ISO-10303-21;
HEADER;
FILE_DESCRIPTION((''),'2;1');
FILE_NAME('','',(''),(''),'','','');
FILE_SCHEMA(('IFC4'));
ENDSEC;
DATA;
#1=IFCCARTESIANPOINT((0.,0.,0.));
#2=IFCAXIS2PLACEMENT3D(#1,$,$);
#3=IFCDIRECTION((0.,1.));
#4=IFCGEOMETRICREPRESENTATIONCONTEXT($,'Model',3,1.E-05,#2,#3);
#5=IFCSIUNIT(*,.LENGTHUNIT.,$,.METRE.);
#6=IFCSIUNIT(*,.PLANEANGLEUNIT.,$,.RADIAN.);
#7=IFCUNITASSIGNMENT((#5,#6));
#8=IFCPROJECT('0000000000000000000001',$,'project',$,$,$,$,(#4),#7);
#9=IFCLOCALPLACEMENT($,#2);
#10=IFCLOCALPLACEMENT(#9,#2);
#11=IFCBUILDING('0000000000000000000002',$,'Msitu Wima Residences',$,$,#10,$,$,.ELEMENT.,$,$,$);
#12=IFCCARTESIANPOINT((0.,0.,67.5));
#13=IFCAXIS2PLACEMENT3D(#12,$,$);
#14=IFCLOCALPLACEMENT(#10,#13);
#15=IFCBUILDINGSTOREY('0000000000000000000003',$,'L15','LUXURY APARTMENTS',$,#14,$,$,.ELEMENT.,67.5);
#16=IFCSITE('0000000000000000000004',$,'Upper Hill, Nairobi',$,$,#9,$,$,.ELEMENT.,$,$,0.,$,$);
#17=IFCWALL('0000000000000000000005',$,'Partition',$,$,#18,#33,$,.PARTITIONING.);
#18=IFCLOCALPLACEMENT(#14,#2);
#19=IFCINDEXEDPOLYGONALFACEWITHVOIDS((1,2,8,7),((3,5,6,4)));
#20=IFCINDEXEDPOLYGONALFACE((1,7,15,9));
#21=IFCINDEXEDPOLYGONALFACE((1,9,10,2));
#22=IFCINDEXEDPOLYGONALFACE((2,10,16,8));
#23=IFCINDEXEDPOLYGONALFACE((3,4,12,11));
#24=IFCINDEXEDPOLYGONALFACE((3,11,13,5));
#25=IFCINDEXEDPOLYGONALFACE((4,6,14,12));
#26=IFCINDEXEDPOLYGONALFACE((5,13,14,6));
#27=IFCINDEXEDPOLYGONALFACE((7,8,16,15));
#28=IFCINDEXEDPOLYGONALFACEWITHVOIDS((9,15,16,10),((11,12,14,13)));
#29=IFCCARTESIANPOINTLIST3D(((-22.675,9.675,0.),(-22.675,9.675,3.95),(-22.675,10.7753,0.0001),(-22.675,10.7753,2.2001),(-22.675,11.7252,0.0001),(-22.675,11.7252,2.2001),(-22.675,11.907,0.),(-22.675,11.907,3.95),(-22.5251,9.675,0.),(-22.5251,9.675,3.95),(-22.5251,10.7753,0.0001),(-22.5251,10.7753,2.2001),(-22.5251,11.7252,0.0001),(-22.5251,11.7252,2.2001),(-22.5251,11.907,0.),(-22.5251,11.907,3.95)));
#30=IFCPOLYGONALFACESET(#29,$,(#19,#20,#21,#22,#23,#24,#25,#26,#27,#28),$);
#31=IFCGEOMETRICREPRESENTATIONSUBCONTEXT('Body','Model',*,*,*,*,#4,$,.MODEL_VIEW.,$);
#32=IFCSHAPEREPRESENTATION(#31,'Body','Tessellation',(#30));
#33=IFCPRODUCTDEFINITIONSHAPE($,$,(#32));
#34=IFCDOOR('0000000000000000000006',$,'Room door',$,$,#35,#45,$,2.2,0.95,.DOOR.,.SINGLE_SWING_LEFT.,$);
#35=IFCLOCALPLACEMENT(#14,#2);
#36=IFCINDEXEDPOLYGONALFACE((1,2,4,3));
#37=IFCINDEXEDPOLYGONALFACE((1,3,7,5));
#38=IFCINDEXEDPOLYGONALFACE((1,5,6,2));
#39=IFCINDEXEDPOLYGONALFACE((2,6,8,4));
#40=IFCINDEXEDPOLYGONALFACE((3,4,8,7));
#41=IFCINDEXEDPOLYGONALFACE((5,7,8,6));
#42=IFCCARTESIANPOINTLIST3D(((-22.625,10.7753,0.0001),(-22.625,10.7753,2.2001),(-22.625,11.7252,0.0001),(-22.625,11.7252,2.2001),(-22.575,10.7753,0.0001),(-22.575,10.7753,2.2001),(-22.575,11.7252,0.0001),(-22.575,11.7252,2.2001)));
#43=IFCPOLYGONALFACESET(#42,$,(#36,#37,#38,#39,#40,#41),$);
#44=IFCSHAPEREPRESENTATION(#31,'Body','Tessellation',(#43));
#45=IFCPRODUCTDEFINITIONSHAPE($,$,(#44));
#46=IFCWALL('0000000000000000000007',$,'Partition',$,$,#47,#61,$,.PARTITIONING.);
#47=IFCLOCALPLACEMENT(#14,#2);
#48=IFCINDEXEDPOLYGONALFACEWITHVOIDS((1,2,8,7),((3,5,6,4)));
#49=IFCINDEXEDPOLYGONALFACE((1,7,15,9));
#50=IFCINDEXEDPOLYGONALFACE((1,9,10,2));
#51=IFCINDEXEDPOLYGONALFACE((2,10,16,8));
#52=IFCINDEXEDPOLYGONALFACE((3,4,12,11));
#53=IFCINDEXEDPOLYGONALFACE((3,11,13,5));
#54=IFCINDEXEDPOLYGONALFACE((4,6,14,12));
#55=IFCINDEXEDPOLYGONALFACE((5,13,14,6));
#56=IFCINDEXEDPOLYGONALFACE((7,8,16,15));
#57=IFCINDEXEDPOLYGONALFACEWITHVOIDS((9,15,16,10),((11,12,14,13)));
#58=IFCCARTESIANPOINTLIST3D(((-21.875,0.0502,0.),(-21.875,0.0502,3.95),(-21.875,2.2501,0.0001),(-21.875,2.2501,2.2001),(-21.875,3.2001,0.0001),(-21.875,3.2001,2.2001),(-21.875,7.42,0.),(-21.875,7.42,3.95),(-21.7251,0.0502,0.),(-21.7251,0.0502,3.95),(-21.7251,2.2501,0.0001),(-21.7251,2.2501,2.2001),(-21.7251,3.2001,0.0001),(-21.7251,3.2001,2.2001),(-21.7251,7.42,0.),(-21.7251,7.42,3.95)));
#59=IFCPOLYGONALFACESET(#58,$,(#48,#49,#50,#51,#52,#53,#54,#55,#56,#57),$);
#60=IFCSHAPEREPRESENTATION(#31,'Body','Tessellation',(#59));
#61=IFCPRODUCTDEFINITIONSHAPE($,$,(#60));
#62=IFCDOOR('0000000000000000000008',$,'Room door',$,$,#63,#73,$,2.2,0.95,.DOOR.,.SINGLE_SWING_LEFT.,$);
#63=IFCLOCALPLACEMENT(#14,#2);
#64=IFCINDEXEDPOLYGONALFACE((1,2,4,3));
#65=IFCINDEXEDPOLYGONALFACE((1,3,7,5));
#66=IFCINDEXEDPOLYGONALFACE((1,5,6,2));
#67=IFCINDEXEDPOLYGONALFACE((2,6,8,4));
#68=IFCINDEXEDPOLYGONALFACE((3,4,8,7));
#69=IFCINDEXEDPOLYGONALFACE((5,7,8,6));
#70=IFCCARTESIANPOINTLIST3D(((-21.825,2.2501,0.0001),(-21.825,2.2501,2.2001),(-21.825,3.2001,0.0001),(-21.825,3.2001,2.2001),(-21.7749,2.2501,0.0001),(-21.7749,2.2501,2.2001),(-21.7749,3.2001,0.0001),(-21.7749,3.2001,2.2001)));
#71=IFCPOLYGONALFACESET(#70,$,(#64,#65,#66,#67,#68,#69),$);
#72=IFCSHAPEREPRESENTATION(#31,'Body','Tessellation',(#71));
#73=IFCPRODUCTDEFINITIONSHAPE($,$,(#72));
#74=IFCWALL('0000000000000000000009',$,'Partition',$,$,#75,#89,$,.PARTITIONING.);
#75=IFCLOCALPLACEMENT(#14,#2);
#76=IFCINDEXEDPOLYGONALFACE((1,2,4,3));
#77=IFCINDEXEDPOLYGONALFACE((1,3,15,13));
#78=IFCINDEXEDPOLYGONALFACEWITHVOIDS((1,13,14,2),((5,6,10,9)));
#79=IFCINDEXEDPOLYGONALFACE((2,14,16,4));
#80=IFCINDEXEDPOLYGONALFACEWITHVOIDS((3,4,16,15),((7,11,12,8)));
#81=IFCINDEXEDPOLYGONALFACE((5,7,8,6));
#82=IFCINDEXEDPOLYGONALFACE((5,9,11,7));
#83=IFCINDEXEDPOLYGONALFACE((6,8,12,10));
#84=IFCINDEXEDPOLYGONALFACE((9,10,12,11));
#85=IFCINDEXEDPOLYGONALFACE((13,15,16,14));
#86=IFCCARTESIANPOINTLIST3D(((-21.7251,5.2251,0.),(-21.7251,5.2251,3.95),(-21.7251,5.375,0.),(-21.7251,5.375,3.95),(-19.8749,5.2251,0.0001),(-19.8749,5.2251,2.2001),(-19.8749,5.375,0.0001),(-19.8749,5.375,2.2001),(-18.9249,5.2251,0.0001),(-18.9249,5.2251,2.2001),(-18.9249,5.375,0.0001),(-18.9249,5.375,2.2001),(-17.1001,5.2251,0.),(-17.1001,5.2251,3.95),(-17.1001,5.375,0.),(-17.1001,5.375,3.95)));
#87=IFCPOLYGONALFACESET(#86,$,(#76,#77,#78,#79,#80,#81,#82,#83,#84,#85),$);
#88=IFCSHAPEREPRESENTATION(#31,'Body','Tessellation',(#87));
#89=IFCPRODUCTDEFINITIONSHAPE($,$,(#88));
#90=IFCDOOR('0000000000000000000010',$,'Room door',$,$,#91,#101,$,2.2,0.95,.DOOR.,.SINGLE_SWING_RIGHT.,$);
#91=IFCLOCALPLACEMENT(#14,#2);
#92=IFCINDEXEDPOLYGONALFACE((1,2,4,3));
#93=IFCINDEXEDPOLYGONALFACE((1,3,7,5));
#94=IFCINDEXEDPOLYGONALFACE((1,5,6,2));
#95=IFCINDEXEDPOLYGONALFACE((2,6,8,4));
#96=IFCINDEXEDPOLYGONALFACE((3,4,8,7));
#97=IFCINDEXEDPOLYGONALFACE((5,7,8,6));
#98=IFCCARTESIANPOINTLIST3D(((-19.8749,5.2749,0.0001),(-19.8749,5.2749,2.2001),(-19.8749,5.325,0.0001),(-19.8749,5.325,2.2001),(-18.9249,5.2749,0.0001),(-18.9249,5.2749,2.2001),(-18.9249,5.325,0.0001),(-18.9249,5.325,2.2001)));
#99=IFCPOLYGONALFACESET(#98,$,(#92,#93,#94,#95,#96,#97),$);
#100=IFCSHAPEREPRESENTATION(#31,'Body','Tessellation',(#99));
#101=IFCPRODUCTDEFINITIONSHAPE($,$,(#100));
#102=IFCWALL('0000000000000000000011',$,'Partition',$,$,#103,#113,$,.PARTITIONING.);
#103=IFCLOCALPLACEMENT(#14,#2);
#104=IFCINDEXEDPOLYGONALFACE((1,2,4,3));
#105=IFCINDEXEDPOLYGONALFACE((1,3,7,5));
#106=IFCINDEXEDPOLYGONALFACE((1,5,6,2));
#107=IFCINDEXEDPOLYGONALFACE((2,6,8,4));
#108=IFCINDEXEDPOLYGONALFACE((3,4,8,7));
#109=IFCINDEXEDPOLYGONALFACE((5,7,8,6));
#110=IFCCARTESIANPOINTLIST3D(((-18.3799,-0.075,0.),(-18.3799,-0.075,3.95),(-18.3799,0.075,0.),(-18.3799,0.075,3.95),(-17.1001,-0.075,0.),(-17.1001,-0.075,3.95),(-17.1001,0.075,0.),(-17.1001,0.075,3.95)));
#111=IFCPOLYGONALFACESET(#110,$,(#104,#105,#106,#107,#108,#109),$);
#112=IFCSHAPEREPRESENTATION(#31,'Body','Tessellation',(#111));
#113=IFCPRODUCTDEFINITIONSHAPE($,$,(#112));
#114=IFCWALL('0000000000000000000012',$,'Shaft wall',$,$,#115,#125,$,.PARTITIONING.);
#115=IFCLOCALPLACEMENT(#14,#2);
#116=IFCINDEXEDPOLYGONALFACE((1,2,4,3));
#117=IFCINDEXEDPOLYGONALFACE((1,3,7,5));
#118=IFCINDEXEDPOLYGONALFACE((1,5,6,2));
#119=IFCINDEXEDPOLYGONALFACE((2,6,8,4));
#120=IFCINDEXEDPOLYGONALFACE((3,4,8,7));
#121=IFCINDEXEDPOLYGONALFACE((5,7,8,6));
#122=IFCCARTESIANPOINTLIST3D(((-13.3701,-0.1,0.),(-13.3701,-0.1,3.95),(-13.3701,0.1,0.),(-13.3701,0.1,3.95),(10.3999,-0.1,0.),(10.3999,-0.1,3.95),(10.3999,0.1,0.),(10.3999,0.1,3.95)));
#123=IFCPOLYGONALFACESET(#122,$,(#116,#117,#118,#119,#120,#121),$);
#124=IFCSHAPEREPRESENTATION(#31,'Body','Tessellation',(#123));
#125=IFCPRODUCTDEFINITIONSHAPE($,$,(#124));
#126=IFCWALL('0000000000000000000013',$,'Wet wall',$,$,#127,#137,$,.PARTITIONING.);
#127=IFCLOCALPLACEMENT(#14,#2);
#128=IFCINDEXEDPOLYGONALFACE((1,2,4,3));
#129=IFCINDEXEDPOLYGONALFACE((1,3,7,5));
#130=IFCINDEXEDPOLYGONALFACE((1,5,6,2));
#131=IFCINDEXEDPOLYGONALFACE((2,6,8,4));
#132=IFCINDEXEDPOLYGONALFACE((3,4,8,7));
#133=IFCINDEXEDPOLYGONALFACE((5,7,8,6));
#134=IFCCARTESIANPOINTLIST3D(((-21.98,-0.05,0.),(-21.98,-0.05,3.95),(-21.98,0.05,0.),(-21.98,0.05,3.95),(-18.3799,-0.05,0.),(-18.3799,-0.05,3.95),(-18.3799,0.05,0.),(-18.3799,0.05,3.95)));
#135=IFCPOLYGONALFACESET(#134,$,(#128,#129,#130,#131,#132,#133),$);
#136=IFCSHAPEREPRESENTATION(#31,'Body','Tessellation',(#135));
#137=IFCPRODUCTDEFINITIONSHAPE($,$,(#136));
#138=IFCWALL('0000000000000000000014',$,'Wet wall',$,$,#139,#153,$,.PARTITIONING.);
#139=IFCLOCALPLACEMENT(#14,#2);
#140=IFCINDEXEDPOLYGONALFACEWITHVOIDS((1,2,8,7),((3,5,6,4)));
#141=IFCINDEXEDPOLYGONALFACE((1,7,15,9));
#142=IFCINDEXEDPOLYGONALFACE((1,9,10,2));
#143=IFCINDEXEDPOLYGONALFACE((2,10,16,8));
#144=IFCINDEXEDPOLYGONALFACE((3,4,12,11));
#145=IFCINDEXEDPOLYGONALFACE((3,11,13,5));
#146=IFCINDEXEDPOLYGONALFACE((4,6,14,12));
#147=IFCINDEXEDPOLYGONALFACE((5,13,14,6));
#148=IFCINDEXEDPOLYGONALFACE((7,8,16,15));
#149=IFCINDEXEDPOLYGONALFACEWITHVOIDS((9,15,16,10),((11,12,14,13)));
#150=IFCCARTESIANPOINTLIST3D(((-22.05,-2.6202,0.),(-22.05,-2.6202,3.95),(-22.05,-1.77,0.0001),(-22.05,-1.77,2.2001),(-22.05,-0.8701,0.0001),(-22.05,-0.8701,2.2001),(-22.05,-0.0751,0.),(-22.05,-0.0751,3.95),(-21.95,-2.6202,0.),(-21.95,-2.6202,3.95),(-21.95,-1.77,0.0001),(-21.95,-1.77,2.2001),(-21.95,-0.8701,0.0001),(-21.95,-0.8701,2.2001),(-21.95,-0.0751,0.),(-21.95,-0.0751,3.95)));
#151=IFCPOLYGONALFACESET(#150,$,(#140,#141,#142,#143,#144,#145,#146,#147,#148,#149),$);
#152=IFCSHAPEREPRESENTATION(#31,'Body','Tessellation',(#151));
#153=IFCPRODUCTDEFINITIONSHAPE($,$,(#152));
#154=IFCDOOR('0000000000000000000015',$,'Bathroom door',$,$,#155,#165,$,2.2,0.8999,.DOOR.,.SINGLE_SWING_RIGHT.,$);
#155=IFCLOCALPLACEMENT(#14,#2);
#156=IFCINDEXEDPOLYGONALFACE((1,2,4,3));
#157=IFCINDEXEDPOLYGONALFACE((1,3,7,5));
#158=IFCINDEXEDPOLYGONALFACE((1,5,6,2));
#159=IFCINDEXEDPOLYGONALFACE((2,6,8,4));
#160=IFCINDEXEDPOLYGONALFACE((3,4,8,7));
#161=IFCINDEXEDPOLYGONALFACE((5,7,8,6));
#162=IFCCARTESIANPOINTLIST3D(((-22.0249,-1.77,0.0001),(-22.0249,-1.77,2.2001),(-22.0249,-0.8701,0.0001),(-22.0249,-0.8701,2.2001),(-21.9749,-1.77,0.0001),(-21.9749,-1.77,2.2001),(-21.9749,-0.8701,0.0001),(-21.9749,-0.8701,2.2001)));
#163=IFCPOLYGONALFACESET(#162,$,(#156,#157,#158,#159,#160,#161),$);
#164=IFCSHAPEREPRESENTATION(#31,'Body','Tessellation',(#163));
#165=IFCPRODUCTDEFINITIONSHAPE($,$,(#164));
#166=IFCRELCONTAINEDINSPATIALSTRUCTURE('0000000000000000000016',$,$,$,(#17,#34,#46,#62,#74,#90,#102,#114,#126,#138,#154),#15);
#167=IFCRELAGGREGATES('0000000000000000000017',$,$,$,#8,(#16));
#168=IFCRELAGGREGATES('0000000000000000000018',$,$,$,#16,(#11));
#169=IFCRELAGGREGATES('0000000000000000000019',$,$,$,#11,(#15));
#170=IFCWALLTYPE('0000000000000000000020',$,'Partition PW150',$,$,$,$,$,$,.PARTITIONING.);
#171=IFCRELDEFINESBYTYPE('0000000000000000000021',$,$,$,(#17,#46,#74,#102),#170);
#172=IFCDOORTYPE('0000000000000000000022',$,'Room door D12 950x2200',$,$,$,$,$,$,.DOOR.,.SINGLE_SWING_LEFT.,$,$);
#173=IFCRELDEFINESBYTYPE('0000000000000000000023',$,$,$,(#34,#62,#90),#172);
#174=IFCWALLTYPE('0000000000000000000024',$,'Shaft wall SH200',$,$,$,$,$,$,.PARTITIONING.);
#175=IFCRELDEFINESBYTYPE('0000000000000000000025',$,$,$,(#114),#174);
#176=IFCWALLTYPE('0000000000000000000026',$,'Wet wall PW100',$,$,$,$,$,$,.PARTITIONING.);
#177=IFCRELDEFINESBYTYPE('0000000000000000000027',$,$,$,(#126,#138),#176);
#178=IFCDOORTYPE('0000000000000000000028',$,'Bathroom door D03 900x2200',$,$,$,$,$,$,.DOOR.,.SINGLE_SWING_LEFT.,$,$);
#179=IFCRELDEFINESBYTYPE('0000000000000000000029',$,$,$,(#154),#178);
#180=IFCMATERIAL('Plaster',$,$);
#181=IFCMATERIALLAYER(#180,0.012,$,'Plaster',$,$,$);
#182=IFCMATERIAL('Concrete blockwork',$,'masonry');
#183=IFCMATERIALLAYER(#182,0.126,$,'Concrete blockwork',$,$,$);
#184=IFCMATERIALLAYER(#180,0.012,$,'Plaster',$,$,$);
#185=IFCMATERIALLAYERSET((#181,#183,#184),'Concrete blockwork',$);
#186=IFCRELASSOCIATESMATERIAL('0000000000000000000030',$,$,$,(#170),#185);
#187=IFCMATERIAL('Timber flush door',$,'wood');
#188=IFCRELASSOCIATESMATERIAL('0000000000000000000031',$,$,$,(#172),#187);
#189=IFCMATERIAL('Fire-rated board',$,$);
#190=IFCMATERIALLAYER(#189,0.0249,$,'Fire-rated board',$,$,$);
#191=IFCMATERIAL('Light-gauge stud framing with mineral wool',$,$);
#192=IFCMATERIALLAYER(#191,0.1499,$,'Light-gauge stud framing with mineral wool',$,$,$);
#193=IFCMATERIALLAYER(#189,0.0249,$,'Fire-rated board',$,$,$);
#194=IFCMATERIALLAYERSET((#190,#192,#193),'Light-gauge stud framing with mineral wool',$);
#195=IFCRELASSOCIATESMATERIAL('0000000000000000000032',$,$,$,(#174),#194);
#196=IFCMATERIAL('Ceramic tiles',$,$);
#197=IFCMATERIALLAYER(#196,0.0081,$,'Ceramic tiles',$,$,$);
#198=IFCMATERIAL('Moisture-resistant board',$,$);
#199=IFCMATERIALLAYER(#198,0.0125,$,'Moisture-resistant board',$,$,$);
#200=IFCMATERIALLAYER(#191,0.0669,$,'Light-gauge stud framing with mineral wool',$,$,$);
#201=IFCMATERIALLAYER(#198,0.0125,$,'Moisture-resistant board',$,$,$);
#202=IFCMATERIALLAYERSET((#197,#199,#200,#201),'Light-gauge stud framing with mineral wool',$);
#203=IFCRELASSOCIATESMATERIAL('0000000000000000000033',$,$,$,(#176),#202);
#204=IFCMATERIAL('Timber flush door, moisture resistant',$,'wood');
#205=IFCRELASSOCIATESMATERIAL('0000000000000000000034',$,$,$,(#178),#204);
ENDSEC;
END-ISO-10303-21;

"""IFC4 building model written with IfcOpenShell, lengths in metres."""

from ifc_helpers import new_model, si_unit, direction, frame, frame_2d, origin, place, context, subcontext, project, spatial, rectangle, extrude, material, layer, layer_set, type_object, element, fill, save


model = new_model("IFC4")

# Units and contexts
model_context = context("Model", 3, precision=1e-05, world=origin(), true_north=direction((0.0, 1.0)))
body_context = subcontext(model_context, "Body", "Model", "MODEL_VIEW")
ifc_project = project(units=[si_unit("LENGTHUNIT", "METRE"), si_unit("PLANEANGLEUNIT", "RADIAN")], contexts=[model_context])

# Site, building, storey
site_placement = place(None, origin())
site = spatial("IfcSite", under=ifc_project, at=site_placement, Name="Upper Hill, Nairobi", CompositionType="ELEMENT", RefElevation=0.0)
building_placement = place(site_placement, origin())
building = spatial("IfcBuilding", under=site, at=building_placement, Name="Msitu Wima Residences", CompositionType="ELEMENT")
storey_placement = place(building_placement, frame((0.0, 0.0, 67.5)))
storey = spatial("IfcBuildingStorey", under=building, at=storey_placement, Name="L15", Description="LUXURY APARTMENTS", CompositionType="ELEMENT", Elevation=67.5)

# Shared definitions
ifc_material_1 = material(Name="Plaster")
ifc_layer_1 = layer(ifc_material_1, 0.012, Name="Plaster")
ifc_material_2 = material(Name="Concrete blockwork", Category="masonry")
ifc_layer_2 = layer(ifc_material_2, 0.126, Name="Concrete blockwork")
ifc_layer_3 = layer(ifc_material_1, 0.012, Name="Plaster")
ifc_layer_set_1 = layer_set([ifc_layer_1, ifc_layer_2, ifc_layer_3], Name="Concrete blockwork")
wall_type_1 = type_object("IfcWallType", Name="Partition PW150", PredefinedType="PARTITIONING", material=ifc_layer_set_1)
ifc_material_3 = material(Name="Timber flush door", Category="wood")
door_type_1 = type_object("IfcDoorType", Name="Room door D12 950x2200", OperationType="SINGLE_SWING_LEFT", PredefinedType="DOOR", material=ifc_material_3)

# Walls, openings, doors
wall_1_placement = place(storey_placement, frame((-22.6001, 9.675, 0.0), z_axis=(0.0, 0.0, 1.0), x_axis=(0.0, 1.0, 0.0)))
wall_1 = element("IfcWall", 1, at=wall_1_placement, inside=storey, type_object=wall_type_1, Name="Partition", PredefinedType="PARTITIONING", context=body_context, shape_type="SweptSolid", body=[
    extrude(rectangle(XDim=2.2319, YDim=0.1499, at=frame_2d((1.116, 0.0))), origin(), (0.0, 0.0, 1.0), 3.95),
])
opening_1_placement = place(wall_1_placement, frame((1.1001, 0.0, 0.0)))
opening_1 = element("IfcOpeningElement", 2, at=opening_1_placement, cuts=wall_1, PredefinedType="OPENING", context=body_context, shape_type="SweptSolid", body=[
    extrude(rectangle(XDim=0.95, YDim=2.2, at=frame_2d((0.4751, 1.1001))), frame((0.0, 0.085, 0.0), z_axis=(0.0, -1.0, 0.0), x_axis=(1.0, 0.0, 0.0)), (0.0, 0.0, 1.0), 0.1699),
])
door_1_placement = place(opening_1_placement, origin())
door_1 = element("IfcDoor", 3, at=door_1_placement, inside=storey, type_object=door_type_1, Name="Room door", OperationType="SINGLE_SWING_LEFT", OverallHeight=2.2, OverallWidth=0.95, PredefinedType="DOOR", context=body_context, shape_type="SweptSolid", body=[
    extrude(rectangle(XDim=0.95, YDim=2.2, at=frame_2d((0.4751, 1.1001))), frame((0.0, 0.0249, 0.0), z_axis=(0.0, -1.0, 0.0), x_axis=(1.0, 0.0, 0.0)), (0.0, 0.0, 1.0), 0.05),
])
fill(opening_1, door_1)
wall_2_placement = place(storey_placement, frame((-21.8, 0.05, 0.0), z_axis=(0.0, 0.0, 1.0), x_axis=(0.0, 1.0, 0.0)))
wall_2 = element("IfcWall", 4, at=wall_2_placement, inside=storey, type_object=wall_type_1, Name="Partition", PredefinedType="PARTITIONING", context=body_context, shape_type="SweptSolid", body=[
    extrude(rectangle(XDim=7.3699, YDim=0.1499, at=frame_2d((3.6851, 0.0))), origin(), (0.0, 0.0, 1.0), 3.95),
])
opening_2_placement = place(wall_2_placement, frame((2.2, 0.0, 0.0)))
opening_2 = element("IfcOpeningElement", 5, at=opening_2_placement, cuts=wall_2, PredefinedType="OPENING", context=body_context, shape_type="SweptSolid", body=[
    extrude(rectangle(XDim=0.95, YDim=2.2, at=frame_2d((0.4751, 1.1001))), frame((0.0, 0.085, 0.0), z_axis=(0.0, -1.0, 0.0), x_axis=(1.0, 0.0, 0.0)), (0.0, 0.0, 1.0), 0.1699),
])
door_2_placement = place(opening_2_placement, origin())
door_2 = element("IfcDoor", 6, at=door_2_placement, inside=storey, type_object=door_type_1, Name="Room door", OperationType="SINGLE_SWING_LEFT", OverallHeight=2.2, OverallWidth=0.95, PredefinedType="DOOR", context=body_context, shape_type="SweptSolid", body=[
    extrude(rectangle(XDim=0.95, YDim=2.2, at=frame_2d((0.4751, 1.1001))), frame((0.0, 0.0249, 0.0), z_axis=(0.0, -1.0, 0.0), x_axis=(1.0, 0.0, 0.0)), (0.0, 0.0, 1.0), 0.05),
])
fill(opening_2, door_2)
wall_3_placement = place(storey_placement, frame((-21.7251, 5.3, 0.0), z_axis=(0.0, 0.0, 1.0), x_axis=(1.0, 0.0, 0.0)))
wall_3 = element("IfcWall", 7, at=wall_3_placement, inside=storey, type_object=wall_type_1, Name="Partition", PredefinedType="PARTITIONING", context=body_context, shape_type="SweptSolid", body=[
    extrude(rectangle(XDim=4.625, YDim=0.1499, at=frame_2d((2.3125, 0.0))), origin(), (0.0, 0.0, 1.0), 3.95),
])
opening_3_placement = place(wall_3_placement, frame((1.8501, 0.0, 0.0)))
opening_3 = element("IfcOpeningElement", 8, at=opening_3_placement, cuts=wall_3, PredefinedType="OPENING", context=body_context, shape_type="SweptSolid", body=[
    extrude(rectangle(XDim=0.95, YDim=2.2, at=frame_2d((0.4751, 1.1001))), frame((0.0, 0.085, 0.0), z_axis=(0.0, -1.0, 0.0), x_axis=(1.0, 0.0, 0.0)), (0.0, 0.0, 1.0), 0.1699),
])
door_3_placement = place(opening_3_placement, origin())
door_3 = element("IfcDoor", 9, at=door_3_placement, inside=storey, type_object=door_type_1, Name="Room door", OperationType="SINGLE_SWING_RIGHT", OverallHeight=2.2, OverallWidth=0.95, PredefinedType="DOOR", context=body_context, shape_type="SweptSolid", body=[
    extrude(rectangle(XDim=0.95, YDim=2.2, at=frame_2d((0.4751, 1.1001))), frame((0.0, 0.0249, 0.0), z_axis=(0.0, -1.0, 0.0), x_axis=(1.0, 0.0, 0.0)), (0.0, 0.0, 1.0), 0.05),
])
fill(opening_3, door_3)

# Walls
wall_4_placement = place(storey_placement, frame((-18.3799, 0.0, 0.0), z_axis=(0.0, 0.0, 1.0), x_axis=(1.0, 0.0, 0.0)))
element("IfcWall", 10, at=wall_4_placement, inside=storey, type_object=wall_type_1, Name="Partition", PredefinedType="PARTITIONING", context=body_context, shape_type="SweptSolid", body=[
    extrude(rectangle(XDim=1.2798, YDim=0.1499, at=frame_2d((0.6399, 0.0))), origin(), (0.0, 0.0, 1.0), 3.95),
])
ifc_material_4 = material(Name="Fire-rated board")
ifc_layer_4 = layer(ifc_material_4, 0.0249, Name="Fire-rated board")
ifc_material_5 = material(Name="Light-gauge stud framing with mineral wool")
ifc_layer_5 = layer(ifc_material_5, 0.1499, Name="Light-gauge stud framing with mineral wool")
ifc_layer_6 = layer(ifc_material_4, 0.0249, Name="Fire-rated board")
ifc_layer_set_2 = layer_set([ifc_layer_4, ifc_layer_5, ifc_layer_6], Name="Light-gauge stud framing with mineral wool")
wall_type_2 = type_object("IfcWallType", Name="Shaft wall SH200", PredefinedType="PARTITIONING", material=ifc_layer_set_2)
wall_5_placement = place(storey_placement, frame((-13.3701, 0.0, 0.0), z_axis=(0.0, 0.0, 1.0), x_axis=(1.0, 0.0, 0.0)))
element("IfcWall", 11, at=wall_5_placement, inside=storey, type_object=wall_type_2, Name="Shaft wall", PredefinedType="PARTITIONING", context=body_context, shape_type="SweptSolid", body=[
    extrude(rectangle(XDim=23.77, YDim=0.2, at=frame_2d((11.885, 0.0))), origin(), (0.0, 0.0, 1.0), 3.95),
])
ifc_material_6 = material(Name="Ceramic tiles")
ifc_layer_7 = layer(ifc_material_6, 0.0081, Name="Ceramic tiles")
ifc_material_7 = material(Name="Moisture-resistant board")
ifc_layer_8 = layer(ifc_material_7, 0.0125, Name="Moisture-resistant board")
ifc_layer_9 = layer(ifc_material_5, 0.0669, Name="Light-gauge stud framing with mineral wool")
ifc_layer_10 = layer(ifc_material_7, 0.0125, Name="Moisture-resistant board")
ifc_layer_set_3 = layer_set([ifc_layer_7, ifc_layer_8, ifc_layer_9, ifc_layer_10], Name="Light-gauge stud framing with mineral wool")
wall_type_3 = type_object("IfcWallType", Name="Wet wall PW100", PredefinedType="PARTITIONING", material=ifc_layer_set_3)
wall_6_placement = place(storey_placement, frame((-21.98, 0.0, 0.0), z_axis=(0.0, 0.0, 1.0), x_axis=(1.0, 0.0, 0.0)))
element("IfcWall", 12, at=wall_6_placement, inside=storey, type_object=wall_type_3, Name="Wet wall", PredefinedType="PARTITIONING", context=body_context, shape_type="SweptSolid", body=[
    extrude(rectangle(XDim=3.6001, YDim=0.1001, at=frame_2d((1.8, 0.0))), origin(), (0.0, 0.0, 1.0), 3.95),
])

# Wall, opening, door
wall_7_placement = place(storey_placement, frame((-22.0, -2.6201, 0.0), z_axis=(0.0, 0.0, 1.0), x_axis=(0.0, 1.0, 0.0)))
wall_7 = element("IfcWall", 13, at=wall_7_placement, inside=storey, type_object=wall_type_3, Name="Wet wall", PredefinedType="PARTITIONING", context=body_context, shape_type="SweptSolid", body=[
    extrude(rectangle(XDim=2.5452, YDim=0.1001, at=frame_2d((1.2725, 0.0))), origin(), (0.0, 0.0, 1.0), 3.95),
])
opening_4_placement = place(wall_7_placement, frame((0.8501, 0.0, 0.0)))
opening_4 = element("IfcOpeningElement", 14, at=opening_4_placement, cuts=wall_7, PredefinedType="OPENING", context=body_context, shape_type="SweptSolid", body=[
    extrude(rectangle(XDim=0.8999, YDim=2.2, at=frame_2d((0.45, 1.1001))), frame((0.0, 0.0601, 0.0), z_axis=(0.0, -1.0, 0.0), x_axis=(1.0, 0.0, 0.0)), (0.0, 0.0, 1.0), 0.1201),
])
ifc_material_8 = material(Name="Timber flush door, moisture resistant", Category="wood")
door_type_2 = type_object("IfcDoorType", Name="Bathroom door D03 900x2200", OperationType="SINGLE_SWING_LEFT", PredefinedType="DOOR", material=ifc_material_8)
door_4_placement = place(opening_4_placement, origin())
door_4 = element("IfcDoor", 15, at=door_4_placement, inside=storey, type_object=door_type_2, Name="Bathroom door", OperationType="SINGLE_SWING_RIGHT", OverallHeight=2.2, OverallWidth=0.8999, PredefinedType="DOOR", context=body_context, shape_type="SweptSolid", body=[
    extrude(rectangle(XDim=0.8999, YDim=2.2, at=frame_2d((0.45, 1.1001))), frame((0.0, 0.0249, 0.0), z_axis=(0.0, -1.0, 0.0), x_axis=(1.0, 0.0, 0.0)), (0.0, 0.0, 1.0), 0.05),
])
fill(opening_4, door_4)

save(model, "model.ifc")
